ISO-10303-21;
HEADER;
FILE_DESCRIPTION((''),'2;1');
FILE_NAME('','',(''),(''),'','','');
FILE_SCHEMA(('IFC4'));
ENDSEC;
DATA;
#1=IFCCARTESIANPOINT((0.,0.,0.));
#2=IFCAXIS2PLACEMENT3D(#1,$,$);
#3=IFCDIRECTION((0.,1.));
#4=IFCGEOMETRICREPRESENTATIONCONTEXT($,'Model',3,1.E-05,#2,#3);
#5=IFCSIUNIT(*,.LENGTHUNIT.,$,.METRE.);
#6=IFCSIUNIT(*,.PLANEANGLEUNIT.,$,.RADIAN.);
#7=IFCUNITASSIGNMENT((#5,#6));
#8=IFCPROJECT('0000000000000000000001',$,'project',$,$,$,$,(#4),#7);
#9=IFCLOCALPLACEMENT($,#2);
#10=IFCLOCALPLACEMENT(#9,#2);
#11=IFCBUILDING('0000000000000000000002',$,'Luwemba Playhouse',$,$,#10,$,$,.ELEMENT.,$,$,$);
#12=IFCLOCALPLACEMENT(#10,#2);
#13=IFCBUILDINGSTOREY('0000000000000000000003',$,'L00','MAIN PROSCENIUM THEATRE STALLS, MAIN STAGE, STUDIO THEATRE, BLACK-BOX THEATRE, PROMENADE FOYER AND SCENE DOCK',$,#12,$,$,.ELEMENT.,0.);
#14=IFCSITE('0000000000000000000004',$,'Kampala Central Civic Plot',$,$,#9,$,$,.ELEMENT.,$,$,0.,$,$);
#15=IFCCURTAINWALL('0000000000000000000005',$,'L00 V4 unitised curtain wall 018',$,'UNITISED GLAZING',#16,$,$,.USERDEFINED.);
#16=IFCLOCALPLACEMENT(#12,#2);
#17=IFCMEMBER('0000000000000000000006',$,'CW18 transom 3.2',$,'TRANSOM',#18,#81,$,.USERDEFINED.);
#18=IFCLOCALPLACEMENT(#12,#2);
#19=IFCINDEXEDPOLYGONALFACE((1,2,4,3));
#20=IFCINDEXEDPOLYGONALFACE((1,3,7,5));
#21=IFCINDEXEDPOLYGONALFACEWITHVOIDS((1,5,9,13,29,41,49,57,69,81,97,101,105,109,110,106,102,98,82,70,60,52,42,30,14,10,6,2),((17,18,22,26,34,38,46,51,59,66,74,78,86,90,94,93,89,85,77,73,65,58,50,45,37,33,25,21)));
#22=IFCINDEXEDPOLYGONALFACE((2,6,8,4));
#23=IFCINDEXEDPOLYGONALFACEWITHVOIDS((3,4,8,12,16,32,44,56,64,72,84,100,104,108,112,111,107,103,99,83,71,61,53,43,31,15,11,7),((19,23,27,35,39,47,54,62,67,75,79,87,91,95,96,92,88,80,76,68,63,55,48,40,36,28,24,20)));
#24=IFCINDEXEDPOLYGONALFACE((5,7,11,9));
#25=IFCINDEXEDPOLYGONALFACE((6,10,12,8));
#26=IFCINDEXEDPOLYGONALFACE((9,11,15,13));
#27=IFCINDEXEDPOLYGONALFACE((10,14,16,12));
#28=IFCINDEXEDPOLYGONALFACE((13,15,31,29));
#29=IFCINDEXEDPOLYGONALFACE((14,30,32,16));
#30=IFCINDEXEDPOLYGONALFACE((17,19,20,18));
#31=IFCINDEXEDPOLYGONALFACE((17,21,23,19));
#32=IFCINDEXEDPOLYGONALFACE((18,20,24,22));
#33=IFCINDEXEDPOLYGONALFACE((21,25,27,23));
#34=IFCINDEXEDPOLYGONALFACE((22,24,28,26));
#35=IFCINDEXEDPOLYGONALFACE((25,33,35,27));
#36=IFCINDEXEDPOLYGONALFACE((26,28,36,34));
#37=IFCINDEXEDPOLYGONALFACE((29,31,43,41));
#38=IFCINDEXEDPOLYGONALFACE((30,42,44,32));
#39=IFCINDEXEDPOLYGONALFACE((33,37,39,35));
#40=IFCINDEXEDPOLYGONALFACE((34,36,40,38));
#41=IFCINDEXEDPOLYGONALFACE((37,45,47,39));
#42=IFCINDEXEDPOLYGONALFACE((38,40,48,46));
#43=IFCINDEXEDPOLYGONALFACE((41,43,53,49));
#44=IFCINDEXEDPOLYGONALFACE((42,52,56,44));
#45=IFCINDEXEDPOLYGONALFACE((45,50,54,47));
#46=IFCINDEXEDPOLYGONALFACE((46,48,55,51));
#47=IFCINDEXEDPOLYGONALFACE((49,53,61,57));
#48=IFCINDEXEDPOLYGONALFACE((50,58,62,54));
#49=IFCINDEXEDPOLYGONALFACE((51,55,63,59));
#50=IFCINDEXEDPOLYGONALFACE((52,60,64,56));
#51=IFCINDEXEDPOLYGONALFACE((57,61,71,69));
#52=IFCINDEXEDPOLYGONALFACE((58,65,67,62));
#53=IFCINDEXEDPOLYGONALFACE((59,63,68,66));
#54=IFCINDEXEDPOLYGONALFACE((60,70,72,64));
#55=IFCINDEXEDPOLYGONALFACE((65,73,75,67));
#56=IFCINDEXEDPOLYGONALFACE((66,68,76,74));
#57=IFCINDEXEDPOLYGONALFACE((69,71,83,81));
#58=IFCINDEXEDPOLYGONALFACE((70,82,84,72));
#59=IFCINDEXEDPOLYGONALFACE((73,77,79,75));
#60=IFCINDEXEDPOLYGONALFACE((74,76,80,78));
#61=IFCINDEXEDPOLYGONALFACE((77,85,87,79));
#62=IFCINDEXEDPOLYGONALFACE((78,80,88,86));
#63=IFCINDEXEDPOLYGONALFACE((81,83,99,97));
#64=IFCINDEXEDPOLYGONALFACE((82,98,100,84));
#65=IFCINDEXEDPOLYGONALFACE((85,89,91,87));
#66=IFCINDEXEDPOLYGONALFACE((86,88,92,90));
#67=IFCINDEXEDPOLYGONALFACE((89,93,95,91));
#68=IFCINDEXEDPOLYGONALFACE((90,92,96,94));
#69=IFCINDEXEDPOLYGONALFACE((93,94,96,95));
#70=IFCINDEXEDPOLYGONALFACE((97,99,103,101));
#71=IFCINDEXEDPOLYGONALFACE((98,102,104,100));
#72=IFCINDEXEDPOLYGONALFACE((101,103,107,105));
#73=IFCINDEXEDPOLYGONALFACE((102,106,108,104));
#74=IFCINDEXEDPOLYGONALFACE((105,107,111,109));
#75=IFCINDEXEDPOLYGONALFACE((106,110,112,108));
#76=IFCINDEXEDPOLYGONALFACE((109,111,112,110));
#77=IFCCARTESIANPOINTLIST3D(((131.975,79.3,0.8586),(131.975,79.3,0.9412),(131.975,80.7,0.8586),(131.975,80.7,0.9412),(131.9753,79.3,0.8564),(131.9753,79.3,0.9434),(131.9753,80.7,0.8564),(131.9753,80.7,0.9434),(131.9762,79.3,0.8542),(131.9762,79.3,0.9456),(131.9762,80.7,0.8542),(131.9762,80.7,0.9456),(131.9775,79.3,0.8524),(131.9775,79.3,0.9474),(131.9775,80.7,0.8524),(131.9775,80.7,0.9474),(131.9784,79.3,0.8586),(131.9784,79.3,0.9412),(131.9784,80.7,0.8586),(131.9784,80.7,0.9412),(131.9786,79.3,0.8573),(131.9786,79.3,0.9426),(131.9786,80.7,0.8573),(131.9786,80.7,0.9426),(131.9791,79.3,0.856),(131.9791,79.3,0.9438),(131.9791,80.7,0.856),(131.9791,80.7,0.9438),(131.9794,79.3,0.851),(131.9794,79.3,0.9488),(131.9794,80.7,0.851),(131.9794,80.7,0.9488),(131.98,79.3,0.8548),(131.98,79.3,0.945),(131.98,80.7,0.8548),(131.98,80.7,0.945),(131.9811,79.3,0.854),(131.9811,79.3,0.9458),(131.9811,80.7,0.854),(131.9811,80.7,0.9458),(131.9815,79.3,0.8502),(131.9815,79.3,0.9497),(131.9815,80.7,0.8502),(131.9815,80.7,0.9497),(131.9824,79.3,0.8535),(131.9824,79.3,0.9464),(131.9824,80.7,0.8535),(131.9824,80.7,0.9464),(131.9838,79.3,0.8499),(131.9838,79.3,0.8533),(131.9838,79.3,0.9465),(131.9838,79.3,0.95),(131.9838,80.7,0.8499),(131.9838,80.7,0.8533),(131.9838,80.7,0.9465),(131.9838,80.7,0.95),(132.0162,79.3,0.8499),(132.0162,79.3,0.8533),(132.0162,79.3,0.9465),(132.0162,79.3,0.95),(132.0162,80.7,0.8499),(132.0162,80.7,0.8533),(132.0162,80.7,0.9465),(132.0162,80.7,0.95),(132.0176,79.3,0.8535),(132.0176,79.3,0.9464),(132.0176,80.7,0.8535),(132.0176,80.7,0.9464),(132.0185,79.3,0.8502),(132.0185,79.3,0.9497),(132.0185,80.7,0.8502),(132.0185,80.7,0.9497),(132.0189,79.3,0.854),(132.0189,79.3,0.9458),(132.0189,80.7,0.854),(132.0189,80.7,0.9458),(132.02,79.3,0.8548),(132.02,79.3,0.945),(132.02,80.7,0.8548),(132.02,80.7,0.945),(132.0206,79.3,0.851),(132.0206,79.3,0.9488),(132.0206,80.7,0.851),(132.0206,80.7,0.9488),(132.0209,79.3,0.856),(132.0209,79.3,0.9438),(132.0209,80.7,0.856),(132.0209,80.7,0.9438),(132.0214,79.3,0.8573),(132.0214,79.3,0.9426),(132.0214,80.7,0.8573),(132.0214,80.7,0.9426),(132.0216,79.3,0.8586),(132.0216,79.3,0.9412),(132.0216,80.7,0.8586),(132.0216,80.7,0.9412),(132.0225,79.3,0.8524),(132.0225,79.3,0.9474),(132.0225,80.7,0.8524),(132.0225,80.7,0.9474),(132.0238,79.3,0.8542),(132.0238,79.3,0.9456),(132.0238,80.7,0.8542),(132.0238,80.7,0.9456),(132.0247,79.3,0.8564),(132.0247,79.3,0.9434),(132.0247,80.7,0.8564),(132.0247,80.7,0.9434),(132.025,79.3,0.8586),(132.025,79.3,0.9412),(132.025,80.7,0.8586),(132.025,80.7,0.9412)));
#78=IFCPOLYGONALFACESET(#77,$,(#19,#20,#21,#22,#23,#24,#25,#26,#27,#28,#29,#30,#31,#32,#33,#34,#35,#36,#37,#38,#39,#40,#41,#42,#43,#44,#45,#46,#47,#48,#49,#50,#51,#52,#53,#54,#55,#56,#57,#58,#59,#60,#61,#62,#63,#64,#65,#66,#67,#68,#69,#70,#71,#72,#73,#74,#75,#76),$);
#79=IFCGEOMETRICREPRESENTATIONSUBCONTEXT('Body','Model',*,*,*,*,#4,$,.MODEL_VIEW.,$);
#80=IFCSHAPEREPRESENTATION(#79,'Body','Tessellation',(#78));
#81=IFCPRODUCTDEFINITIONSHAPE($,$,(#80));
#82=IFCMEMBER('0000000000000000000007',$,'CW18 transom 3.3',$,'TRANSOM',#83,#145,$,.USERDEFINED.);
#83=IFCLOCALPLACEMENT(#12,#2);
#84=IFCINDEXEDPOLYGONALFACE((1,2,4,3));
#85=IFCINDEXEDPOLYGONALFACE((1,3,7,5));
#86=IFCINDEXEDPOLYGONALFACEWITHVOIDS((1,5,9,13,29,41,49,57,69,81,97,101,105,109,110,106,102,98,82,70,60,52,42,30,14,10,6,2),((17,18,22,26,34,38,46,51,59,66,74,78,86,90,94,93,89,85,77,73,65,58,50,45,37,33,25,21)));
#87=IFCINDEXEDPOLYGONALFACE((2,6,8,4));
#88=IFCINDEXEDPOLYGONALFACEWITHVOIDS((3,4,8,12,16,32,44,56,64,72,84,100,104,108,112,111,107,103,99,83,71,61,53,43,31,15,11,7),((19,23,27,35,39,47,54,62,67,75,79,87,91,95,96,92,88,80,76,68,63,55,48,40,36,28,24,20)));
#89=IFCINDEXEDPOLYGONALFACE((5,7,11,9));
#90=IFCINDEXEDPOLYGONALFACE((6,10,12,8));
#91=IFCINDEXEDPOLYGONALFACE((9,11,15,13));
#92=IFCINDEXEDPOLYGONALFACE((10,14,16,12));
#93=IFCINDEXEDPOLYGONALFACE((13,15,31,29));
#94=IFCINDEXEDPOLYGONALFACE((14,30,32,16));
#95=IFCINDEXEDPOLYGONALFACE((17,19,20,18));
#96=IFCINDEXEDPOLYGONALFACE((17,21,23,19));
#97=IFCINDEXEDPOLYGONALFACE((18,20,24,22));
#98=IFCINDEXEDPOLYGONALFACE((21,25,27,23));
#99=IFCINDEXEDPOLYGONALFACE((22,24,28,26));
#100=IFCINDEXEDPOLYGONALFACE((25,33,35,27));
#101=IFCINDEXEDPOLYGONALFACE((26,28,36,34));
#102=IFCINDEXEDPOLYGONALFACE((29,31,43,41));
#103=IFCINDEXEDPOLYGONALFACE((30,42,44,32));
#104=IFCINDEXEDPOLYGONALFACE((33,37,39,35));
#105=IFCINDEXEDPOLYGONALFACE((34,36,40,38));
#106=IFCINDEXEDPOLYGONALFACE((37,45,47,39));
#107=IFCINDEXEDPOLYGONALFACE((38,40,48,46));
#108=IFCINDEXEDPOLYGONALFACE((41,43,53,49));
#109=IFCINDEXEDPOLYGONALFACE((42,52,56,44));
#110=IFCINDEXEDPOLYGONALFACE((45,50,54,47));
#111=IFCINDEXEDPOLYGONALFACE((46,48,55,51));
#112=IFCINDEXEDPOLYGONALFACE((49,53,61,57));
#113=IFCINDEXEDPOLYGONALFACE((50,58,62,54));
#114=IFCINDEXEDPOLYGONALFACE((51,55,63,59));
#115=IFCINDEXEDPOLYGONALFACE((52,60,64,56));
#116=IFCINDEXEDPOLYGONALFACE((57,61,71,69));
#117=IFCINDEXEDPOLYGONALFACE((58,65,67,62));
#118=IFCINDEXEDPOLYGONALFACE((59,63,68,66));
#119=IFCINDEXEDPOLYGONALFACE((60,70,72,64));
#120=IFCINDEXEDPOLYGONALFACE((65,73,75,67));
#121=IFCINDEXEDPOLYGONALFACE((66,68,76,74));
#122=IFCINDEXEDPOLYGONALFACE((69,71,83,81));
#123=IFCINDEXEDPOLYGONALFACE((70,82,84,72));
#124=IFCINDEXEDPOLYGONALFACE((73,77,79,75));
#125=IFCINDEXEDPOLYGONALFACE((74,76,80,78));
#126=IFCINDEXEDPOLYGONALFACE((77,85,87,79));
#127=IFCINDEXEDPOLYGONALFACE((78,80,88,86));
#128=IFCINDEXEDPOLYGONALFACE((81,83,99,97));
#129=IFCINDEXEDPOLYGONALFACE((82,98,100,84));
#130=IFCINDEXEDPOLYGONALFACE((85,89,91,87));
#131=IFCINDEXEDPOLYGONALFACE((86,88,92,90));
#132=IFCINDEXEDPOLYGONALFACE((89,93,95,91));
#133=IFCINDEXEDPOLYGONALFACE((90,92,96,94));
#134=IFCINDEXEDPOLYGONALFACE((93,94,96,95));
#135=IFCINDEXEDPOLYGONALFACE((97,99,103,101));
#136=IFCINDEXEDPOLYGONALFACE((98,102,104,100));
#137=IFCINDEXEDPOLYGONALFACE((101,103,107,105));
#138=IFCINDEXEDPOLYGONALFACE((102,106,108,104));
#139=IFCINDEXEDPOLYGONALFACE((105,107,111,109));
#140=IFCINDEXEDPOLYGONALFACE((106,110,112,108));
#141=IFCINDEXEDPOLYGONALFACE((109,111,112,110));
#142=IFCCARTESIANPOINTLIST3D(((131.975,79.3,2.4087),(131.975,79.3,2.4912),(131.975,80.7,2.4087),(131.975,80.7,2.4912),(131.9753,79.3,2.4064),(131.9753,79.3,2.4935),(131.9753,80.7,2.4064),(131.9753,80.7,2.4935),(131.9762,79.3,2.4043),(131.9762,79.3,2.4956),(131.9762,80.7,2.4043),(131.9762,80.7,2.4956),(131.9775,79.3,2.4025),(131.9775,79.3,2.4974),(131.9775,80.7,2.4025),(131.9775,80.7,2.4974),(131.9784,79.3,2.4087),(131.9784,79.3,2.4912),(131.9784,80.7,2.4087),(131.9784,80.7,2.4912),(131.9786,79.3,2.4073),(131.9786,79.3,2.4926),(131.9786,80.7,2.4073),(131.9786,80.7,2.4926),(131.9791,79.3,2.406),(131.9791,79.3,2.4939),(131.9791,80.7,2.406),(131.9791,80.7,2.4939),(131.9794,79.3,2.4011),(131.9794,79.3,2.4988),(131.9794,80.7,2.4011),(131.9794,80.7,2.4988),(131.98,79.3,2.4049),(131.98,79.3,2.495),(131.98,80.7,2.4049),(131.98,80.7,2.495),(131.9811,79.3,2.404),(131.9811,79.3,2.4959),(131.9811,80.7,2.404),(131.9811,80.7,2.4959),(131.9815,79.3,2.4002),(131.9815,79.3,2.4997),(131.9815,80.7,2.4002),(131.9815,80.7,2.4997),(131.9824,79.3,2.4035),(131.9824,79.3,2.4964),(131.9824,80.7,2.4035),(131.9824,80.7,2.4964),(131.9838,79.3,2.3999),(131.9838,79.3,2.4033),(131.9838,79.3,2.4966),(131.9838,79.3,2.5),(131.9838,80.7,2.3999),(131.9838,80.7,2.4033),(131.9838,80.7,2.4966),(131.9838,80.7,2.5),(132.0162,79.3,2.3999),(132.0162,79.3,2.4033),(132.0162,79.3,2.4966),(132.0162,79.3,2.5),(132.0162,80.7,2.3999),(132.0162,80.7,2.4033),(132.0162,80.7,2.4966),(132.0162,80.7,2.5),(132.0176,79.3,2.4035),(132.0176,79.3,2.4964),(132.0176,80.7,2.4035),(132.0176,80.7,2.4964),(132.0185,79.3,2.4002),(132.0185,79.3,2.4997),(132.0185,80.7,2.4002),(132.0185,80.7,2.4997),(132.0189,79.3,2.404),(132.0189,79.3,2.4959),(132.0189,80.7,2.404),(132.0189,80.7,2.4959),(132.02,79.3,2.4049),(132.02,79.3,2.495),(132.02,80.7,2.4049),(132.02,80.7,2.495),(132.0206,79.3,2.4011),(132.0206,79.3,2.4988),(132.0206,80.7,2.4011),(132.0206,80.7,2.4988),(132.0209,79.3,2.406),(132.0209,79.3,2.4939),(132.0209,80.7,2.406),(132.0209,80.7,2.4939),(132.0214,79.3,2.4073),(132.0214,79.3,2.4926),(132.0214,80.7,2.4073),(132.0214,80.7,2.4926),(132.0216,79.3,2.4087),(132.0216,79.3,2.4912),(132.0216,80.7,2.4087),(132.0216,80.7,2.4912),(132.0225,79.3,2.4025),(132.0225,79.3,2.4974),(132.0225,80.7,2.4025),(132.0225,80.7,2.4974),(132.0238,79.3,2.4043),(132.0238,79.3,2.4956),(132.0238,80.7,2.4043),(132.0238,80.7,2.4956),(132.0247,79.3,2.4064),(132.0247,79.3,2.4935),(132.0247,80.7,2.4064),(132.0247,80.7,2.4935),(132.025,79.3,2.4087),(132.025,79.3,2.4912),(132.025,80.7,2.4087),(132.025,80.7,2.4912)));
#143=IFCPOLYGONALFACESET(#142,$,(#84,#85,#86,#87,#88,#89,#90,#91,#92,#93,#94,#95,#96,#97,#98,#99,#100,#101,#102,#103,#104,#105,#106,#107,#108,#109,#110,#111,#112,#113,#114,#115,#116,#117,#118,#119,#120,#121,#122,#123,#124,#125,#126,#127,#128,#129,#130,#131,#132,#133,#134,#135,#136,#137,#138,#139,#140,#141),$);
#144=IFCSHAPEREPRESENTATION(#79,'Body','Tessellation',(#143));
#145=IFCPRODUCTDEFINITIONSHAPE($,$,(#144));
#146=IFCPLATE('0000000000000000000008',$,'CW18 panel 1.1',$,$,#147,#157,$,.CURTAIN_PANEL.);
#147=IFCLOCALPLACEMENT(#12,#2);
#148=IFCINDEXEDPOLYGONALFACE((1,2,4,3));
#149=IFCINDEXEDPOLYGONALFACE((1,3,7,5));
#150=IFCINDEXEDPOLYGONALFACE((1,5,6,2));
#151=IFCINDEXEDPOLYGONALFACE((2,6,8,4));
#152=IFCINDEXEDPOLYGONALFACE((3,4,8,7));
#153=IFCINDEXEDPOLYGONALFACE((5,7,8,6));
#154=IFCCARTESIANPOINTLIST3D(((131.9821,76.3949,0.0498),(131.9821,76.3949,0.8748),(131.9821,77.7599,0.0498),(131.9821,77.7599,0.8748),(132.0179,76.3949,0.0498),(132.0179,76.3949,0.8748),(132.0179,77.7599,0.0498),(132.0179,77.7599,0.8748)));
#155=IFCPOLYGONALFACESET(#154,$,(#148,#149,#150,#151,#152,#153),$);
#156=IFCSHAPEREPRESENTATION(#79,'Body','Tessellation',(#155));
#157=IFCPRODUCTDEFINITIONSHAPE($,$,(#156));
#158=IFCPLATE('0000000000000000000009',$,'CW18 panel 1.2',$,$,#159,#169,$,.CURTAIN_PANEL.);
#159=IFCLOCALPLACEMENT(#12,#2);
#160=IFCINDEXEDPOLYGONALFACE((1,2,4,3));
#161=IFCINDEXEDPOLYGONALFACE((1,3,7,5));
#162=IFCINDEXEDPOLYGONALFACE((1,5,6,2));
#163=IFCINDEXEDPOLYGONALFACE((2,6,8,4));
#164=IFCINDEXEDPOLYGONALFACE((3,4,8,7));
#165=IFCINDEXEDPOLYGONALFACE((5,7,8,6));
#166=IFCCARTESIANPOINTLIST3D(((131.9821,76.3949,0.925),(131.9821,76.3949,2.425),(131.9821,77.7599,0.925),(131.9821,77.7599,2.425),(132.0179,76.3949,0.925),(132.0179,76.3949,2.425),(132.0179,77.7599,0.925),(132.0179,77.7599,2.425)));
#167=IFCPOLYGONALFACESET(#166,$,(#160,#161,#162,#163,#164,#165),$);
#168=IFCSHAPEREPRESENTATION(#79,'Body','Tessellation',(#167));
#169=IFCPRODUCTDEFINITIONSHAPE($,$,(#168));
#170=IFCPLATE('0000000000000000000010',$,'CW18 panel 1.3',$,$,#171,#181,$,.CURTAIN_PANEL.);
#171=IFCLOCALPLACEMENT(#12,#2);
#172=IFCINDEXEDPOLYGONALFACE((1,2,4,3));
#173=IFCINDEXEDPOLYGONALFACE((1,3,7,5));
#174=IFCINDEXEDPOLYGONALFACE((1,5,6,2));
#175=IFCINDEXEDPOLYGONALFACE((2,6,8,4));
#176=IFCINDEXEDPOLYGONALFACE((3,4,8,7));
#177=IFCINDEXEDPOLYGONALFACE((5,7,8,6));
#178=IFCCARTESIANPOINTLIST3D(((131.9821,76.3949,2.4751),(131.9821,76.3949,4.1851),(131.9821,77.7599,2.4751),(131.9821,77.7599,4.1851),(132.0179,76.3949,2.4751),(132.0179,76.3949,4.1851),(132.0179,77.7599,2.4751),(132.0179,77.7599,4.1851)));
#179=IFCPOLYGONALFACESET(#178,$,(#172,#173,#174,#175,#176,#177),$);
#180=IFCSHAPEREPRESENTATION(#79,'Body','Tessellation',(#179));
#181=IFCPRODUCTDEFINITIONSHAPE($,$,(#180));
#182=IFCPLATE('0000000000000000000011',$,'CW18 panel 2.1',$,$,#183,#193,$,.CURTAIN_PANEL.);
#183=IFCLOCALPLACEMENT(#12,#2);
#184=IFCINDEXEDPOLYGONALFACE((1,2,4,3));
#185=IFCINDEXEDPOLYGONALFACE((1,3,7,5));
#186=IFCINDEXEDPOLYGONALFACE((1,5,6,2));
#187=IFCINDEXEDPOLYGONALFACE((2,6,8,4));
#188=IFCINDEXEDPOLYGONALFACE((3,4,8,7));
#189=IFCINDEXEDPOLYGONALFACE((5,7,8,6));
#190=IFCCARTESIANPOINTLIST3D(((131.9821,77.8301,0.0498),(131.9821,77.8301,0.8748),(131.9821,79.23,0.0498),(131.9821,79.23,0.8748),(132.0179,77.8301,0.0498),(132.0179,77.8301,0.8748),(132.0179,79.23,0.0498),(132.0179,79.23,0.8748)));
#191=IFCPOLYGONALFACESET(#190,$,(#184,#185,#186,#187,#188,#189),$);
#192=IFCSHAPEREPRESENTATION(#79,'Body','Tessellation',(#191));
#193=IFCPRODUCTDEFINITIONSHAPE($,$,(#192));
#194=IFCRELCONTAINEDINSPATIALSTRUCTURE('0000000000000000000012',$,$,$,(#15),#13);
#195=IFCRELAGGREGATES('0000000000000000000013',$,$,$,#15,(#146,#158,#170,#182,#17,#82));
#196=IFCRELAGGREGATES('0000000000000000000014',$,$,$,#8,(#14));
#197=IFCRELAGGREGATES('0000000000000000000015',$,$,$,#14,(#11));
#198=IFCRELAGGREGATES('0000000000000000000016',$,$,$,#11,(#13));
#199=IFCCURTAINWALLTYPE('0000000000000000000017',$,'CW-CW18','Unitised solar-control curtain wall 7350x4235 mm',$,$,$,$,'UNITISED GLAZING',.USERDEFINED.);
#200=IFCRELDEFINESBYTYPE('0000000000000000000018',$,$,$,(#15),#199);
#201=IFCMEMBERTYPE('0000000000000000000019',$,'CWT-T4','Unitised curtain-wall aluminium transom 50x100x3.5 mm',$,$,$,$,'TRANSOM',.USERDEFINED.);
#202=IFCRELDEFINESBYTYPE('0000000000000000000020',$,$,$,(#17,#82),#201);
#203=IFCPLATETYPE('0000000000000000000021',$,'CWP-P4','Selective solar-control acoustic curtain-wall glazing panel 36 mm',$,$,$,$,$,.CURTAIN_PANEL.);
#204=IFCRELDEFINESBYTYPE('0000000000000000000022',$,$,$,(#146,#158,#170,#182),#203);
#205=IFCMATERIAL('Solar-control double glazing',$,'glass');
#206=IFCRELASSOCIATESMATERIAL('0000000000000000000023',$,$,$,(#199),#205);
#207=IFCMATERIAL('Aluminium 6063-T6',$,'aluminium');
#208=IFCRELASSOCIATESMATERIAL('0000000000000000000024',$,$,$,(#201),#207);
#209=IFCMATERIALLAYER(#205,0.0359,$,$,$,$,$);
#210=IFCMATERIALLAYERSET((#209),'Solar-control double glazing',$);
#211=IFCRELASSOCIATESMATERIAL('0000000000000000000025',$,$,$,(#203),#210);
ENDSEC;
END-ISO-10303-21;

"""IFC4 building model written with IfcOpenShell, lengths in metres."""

from ifc_helpers import new_model, si_unit, direction, frame, origin, origin_2d, place, context, subcontext, project, spatial, rectangle, hollow_rectangle, extrude, material, layer, layer_set, material_profile, profile_set, type_object, element, aggregate, save


model = new_model("IFC4")

# Units and contexts
model_context = context("Model", 3, precision=1e-05, world=origin(), true_north=direction((0.0, 1.0)))
body_context = subcontext(model_context, "Body", "Model", "MODEL_VIEW")
ifc_project = project(units=[si_unit("LENGTHUNIT", "METRE"), si_unit("PLANEANGLEUNIT", "RADIAN")], contexts=[model_context])

# Site, building, storey
site_placement = place(None, origin())
site = spatial("IfcSite", under=ifc_project, at=site_placement, Name="Kampala Central Civic Plot", CompositionType="ELEMENT", RefElevation=0.0)
building_placement = place(site_placement, origin())
building = spatial("IfcBuilding", under=site, at=building_placement, Name="Luwemba Playhouse", CompositionType="ELEMENT")
storey_placement = place(building_placement, origin())
storey = spatial("IfcBuildingStorey", under=building, at=storey_placement, Name="L00", Description="MAIN PROSCENIUM THEATRE STALLS, MAIN STAGE, STUDIO THEATRE, BLACK-BOX THEATRE, PROMENADE FOYER AND SCENE DOCK", CompositionType="ELEMENT", Elevation=0.0)

# Curtain wall, members, plates
ifc_material_1 = material(Name="Solar-control double glazing", Category="glass")
curtain_wall_type = type_object("IfcCurtainWallType", Name="CW-CW18", Description="Unitised solar-control curtain wall 7350x4235 mm", ElementType="UNITISED GLAZING", PredefinedType="USERDEFINED", material=ifc_material_1)
curtain_wall_placement = place(storey_placement, origin())
curtain_wall = element("IfcCurtainWall", 1, at=curtain_wall_placement, inside=storey, type_object=curtain_wall_type, Name="L00 V4 unitised curtain wall 018", ObjectType="UNITISED GLAZING", PredefinedType="USERDEFINED")
ifc_material_2 = material(Name="Aluminium 6063-T6", Category="aluminium")
ifc_material_profile_1 = material_profile(ifc_material_2, hollow_rectangle(XDim=0.05, YDim=0.1001, WallThickness=0.0034, InnerFilletRadius=0.0054, OuterFilletRadius=0.0088, at=origin_2d()))
ifc_profile_set_1 = profile_set([ifc_material_profile_1], Name="Aluminium 6063-T6")
member_type_1 = type_object("IfcMemberType", Name="CWT-T4", Description="Unitised curtain-wall aluminium transom 50x100x3.5 mm", ElementType="TRANSOM", PredefinedType="USERDEFINED", material=ifc_profile_set_1)
member_1_placement = place(storey_placement, frame((132.0, 79.3, 0.8999), z_axis=(0.0, 1.0, 0.0), x_axis=(-1.0, 0.0, 0.0)))
member_1 = element("IfcMember", 2, at=member_1_placement, type_object=member_type_1, Name="CW18 transom 3.2", ObjectType="TRANSOM", PredefinedType="USERDEFINED", context=body_context, shape_type="SweptSolid", body=[
    extrude(hollow_rectangle(XDim=0.05, YDim=0.1001, WallThickness=0.0034, InnerFilletRadius=0.0054, OuterFilletRadius=0.0088, at=origin_2d()), origin(), (0.0, 0.0, 1.0), 1.3999),
])
member_2_placement = place(storey_placement, frame((132.0, 79.3, 2.45), z_axis=(0.0, 1.0, 0.0), x_axis=(-1.0, 0.0, 0.0)))
member_2 = element("IfcMember", 3, at=member_2_placement, type_object=member_type_1, Name="CW18 transom 3.3", ObjectType="TRANSOM", PredefinedType="USERDEFINED", context=body_context, shape_type="SweptSolid", body=[
    extrude(hollow_rectangle(XDim=0.05, YDim=0.1001, WallThickness=0.0034, InnerFilletRadius=0.0054, OuterFilletRadius=0.0088, at=origin_2d()), origin(), (0.0, 0.0, 1.0), 1.3999),
])
ifc_layer_1 = layer(ifc_material_1, 0.0359)
ifc_layer_set_1 = layer_set([ifc_layer_1], Name="Solar-control double glazing")
plate_type = type_object("IfcPlateType", Name="CWP-P4", Description="Selective solar-control acoustic curtain-wall glazing panel 36 mm", PredefinedType="CURTAIN_PANEL", material=ifc_layer_set_1)
plate_1_placement = place(storey_placement, frame((132.0, 77.0774, 0.0498), z_axis=(0.0, 0.0, 1.0), x_axis=(0.0, 1.0, 0.0)))
plate_1 = element("IfcPlate", 4, at=plate_1_placement, type_object=plate_type, Name="CW18 panel 1.1", PredefinedType="CURTAIN_PANEL", context=body_context, shape_type="SweptSolid", body=[
    extrude(rectangle(XDim=1.365, YDim=0.0359, at=origin_2d()), origin(), (0.0, 0.0, 1.0), 0.825),
])
plate_2_placement = place(storey_placement, frame((132.0, 77.0774, 0.925), z_axis=(0.0, 0.0, 1.0), x_axis=(0.0, 1.0, 0.0)))
plate_2 = element("IfcPlate", 5, at=plate_2_placement, type_object=plate_type, Name="CW18 panel 1.2", PredefinedType="CURTAIN_PANEL", context=body_context, shape_type="SweptSolid", body=[
    extrude(rectangle(XDim=1.365, YDim=0.0359, at=origin_2d()), origin(), (0.0, 0.0, 1.0), 1.5),
])
plate_3_placement = place(storey_placement, frame((132.0, 77.0774, 2.4751), z_axis=(0.0, 0.0, 1.0), x_axis=(0.0, 1.0, 0.0)))
plate_3 = element("IfcPlate", 6, at=plate_3_placement, type_object=plate_type, Name="CW18 panel 1.3", PredefinedType="CURTAIN_PANEL", context=body_context, shape_type="SweptSolid", body=[
    extrude(rectangle(XDim=1.365, YDim=0.0359, at=origin_2d()), origin(), (0.0, 0.0, 1.0), 1.71),
])
plate_4_placement = place(storey_placement, frame((132.0, 78.53, 0.0498), z_axis=(0.0, 0.0, 1.0), x_axis=(0.0, 1.0, 0.0)))
plate_4 = element("IfcPlate", 7, at=plate_4_placement, type_object=plate_type, Name="CW18 panel 2.1", PredefinedType="CURTAIN_PANEL", context=body_context, shape_type="SweptSolid", body=[
    extrude(rectangle(XDim=1.3999, YDim=0.0359, at=origin_2d()), origin(), (0.0, 0.0, 1.0), 0.825),
])
aggregate(curtain_wall, [plate_1, plate_2, plate_3, plate_4, member_1, member_2])

save(model, "model.ifc")
